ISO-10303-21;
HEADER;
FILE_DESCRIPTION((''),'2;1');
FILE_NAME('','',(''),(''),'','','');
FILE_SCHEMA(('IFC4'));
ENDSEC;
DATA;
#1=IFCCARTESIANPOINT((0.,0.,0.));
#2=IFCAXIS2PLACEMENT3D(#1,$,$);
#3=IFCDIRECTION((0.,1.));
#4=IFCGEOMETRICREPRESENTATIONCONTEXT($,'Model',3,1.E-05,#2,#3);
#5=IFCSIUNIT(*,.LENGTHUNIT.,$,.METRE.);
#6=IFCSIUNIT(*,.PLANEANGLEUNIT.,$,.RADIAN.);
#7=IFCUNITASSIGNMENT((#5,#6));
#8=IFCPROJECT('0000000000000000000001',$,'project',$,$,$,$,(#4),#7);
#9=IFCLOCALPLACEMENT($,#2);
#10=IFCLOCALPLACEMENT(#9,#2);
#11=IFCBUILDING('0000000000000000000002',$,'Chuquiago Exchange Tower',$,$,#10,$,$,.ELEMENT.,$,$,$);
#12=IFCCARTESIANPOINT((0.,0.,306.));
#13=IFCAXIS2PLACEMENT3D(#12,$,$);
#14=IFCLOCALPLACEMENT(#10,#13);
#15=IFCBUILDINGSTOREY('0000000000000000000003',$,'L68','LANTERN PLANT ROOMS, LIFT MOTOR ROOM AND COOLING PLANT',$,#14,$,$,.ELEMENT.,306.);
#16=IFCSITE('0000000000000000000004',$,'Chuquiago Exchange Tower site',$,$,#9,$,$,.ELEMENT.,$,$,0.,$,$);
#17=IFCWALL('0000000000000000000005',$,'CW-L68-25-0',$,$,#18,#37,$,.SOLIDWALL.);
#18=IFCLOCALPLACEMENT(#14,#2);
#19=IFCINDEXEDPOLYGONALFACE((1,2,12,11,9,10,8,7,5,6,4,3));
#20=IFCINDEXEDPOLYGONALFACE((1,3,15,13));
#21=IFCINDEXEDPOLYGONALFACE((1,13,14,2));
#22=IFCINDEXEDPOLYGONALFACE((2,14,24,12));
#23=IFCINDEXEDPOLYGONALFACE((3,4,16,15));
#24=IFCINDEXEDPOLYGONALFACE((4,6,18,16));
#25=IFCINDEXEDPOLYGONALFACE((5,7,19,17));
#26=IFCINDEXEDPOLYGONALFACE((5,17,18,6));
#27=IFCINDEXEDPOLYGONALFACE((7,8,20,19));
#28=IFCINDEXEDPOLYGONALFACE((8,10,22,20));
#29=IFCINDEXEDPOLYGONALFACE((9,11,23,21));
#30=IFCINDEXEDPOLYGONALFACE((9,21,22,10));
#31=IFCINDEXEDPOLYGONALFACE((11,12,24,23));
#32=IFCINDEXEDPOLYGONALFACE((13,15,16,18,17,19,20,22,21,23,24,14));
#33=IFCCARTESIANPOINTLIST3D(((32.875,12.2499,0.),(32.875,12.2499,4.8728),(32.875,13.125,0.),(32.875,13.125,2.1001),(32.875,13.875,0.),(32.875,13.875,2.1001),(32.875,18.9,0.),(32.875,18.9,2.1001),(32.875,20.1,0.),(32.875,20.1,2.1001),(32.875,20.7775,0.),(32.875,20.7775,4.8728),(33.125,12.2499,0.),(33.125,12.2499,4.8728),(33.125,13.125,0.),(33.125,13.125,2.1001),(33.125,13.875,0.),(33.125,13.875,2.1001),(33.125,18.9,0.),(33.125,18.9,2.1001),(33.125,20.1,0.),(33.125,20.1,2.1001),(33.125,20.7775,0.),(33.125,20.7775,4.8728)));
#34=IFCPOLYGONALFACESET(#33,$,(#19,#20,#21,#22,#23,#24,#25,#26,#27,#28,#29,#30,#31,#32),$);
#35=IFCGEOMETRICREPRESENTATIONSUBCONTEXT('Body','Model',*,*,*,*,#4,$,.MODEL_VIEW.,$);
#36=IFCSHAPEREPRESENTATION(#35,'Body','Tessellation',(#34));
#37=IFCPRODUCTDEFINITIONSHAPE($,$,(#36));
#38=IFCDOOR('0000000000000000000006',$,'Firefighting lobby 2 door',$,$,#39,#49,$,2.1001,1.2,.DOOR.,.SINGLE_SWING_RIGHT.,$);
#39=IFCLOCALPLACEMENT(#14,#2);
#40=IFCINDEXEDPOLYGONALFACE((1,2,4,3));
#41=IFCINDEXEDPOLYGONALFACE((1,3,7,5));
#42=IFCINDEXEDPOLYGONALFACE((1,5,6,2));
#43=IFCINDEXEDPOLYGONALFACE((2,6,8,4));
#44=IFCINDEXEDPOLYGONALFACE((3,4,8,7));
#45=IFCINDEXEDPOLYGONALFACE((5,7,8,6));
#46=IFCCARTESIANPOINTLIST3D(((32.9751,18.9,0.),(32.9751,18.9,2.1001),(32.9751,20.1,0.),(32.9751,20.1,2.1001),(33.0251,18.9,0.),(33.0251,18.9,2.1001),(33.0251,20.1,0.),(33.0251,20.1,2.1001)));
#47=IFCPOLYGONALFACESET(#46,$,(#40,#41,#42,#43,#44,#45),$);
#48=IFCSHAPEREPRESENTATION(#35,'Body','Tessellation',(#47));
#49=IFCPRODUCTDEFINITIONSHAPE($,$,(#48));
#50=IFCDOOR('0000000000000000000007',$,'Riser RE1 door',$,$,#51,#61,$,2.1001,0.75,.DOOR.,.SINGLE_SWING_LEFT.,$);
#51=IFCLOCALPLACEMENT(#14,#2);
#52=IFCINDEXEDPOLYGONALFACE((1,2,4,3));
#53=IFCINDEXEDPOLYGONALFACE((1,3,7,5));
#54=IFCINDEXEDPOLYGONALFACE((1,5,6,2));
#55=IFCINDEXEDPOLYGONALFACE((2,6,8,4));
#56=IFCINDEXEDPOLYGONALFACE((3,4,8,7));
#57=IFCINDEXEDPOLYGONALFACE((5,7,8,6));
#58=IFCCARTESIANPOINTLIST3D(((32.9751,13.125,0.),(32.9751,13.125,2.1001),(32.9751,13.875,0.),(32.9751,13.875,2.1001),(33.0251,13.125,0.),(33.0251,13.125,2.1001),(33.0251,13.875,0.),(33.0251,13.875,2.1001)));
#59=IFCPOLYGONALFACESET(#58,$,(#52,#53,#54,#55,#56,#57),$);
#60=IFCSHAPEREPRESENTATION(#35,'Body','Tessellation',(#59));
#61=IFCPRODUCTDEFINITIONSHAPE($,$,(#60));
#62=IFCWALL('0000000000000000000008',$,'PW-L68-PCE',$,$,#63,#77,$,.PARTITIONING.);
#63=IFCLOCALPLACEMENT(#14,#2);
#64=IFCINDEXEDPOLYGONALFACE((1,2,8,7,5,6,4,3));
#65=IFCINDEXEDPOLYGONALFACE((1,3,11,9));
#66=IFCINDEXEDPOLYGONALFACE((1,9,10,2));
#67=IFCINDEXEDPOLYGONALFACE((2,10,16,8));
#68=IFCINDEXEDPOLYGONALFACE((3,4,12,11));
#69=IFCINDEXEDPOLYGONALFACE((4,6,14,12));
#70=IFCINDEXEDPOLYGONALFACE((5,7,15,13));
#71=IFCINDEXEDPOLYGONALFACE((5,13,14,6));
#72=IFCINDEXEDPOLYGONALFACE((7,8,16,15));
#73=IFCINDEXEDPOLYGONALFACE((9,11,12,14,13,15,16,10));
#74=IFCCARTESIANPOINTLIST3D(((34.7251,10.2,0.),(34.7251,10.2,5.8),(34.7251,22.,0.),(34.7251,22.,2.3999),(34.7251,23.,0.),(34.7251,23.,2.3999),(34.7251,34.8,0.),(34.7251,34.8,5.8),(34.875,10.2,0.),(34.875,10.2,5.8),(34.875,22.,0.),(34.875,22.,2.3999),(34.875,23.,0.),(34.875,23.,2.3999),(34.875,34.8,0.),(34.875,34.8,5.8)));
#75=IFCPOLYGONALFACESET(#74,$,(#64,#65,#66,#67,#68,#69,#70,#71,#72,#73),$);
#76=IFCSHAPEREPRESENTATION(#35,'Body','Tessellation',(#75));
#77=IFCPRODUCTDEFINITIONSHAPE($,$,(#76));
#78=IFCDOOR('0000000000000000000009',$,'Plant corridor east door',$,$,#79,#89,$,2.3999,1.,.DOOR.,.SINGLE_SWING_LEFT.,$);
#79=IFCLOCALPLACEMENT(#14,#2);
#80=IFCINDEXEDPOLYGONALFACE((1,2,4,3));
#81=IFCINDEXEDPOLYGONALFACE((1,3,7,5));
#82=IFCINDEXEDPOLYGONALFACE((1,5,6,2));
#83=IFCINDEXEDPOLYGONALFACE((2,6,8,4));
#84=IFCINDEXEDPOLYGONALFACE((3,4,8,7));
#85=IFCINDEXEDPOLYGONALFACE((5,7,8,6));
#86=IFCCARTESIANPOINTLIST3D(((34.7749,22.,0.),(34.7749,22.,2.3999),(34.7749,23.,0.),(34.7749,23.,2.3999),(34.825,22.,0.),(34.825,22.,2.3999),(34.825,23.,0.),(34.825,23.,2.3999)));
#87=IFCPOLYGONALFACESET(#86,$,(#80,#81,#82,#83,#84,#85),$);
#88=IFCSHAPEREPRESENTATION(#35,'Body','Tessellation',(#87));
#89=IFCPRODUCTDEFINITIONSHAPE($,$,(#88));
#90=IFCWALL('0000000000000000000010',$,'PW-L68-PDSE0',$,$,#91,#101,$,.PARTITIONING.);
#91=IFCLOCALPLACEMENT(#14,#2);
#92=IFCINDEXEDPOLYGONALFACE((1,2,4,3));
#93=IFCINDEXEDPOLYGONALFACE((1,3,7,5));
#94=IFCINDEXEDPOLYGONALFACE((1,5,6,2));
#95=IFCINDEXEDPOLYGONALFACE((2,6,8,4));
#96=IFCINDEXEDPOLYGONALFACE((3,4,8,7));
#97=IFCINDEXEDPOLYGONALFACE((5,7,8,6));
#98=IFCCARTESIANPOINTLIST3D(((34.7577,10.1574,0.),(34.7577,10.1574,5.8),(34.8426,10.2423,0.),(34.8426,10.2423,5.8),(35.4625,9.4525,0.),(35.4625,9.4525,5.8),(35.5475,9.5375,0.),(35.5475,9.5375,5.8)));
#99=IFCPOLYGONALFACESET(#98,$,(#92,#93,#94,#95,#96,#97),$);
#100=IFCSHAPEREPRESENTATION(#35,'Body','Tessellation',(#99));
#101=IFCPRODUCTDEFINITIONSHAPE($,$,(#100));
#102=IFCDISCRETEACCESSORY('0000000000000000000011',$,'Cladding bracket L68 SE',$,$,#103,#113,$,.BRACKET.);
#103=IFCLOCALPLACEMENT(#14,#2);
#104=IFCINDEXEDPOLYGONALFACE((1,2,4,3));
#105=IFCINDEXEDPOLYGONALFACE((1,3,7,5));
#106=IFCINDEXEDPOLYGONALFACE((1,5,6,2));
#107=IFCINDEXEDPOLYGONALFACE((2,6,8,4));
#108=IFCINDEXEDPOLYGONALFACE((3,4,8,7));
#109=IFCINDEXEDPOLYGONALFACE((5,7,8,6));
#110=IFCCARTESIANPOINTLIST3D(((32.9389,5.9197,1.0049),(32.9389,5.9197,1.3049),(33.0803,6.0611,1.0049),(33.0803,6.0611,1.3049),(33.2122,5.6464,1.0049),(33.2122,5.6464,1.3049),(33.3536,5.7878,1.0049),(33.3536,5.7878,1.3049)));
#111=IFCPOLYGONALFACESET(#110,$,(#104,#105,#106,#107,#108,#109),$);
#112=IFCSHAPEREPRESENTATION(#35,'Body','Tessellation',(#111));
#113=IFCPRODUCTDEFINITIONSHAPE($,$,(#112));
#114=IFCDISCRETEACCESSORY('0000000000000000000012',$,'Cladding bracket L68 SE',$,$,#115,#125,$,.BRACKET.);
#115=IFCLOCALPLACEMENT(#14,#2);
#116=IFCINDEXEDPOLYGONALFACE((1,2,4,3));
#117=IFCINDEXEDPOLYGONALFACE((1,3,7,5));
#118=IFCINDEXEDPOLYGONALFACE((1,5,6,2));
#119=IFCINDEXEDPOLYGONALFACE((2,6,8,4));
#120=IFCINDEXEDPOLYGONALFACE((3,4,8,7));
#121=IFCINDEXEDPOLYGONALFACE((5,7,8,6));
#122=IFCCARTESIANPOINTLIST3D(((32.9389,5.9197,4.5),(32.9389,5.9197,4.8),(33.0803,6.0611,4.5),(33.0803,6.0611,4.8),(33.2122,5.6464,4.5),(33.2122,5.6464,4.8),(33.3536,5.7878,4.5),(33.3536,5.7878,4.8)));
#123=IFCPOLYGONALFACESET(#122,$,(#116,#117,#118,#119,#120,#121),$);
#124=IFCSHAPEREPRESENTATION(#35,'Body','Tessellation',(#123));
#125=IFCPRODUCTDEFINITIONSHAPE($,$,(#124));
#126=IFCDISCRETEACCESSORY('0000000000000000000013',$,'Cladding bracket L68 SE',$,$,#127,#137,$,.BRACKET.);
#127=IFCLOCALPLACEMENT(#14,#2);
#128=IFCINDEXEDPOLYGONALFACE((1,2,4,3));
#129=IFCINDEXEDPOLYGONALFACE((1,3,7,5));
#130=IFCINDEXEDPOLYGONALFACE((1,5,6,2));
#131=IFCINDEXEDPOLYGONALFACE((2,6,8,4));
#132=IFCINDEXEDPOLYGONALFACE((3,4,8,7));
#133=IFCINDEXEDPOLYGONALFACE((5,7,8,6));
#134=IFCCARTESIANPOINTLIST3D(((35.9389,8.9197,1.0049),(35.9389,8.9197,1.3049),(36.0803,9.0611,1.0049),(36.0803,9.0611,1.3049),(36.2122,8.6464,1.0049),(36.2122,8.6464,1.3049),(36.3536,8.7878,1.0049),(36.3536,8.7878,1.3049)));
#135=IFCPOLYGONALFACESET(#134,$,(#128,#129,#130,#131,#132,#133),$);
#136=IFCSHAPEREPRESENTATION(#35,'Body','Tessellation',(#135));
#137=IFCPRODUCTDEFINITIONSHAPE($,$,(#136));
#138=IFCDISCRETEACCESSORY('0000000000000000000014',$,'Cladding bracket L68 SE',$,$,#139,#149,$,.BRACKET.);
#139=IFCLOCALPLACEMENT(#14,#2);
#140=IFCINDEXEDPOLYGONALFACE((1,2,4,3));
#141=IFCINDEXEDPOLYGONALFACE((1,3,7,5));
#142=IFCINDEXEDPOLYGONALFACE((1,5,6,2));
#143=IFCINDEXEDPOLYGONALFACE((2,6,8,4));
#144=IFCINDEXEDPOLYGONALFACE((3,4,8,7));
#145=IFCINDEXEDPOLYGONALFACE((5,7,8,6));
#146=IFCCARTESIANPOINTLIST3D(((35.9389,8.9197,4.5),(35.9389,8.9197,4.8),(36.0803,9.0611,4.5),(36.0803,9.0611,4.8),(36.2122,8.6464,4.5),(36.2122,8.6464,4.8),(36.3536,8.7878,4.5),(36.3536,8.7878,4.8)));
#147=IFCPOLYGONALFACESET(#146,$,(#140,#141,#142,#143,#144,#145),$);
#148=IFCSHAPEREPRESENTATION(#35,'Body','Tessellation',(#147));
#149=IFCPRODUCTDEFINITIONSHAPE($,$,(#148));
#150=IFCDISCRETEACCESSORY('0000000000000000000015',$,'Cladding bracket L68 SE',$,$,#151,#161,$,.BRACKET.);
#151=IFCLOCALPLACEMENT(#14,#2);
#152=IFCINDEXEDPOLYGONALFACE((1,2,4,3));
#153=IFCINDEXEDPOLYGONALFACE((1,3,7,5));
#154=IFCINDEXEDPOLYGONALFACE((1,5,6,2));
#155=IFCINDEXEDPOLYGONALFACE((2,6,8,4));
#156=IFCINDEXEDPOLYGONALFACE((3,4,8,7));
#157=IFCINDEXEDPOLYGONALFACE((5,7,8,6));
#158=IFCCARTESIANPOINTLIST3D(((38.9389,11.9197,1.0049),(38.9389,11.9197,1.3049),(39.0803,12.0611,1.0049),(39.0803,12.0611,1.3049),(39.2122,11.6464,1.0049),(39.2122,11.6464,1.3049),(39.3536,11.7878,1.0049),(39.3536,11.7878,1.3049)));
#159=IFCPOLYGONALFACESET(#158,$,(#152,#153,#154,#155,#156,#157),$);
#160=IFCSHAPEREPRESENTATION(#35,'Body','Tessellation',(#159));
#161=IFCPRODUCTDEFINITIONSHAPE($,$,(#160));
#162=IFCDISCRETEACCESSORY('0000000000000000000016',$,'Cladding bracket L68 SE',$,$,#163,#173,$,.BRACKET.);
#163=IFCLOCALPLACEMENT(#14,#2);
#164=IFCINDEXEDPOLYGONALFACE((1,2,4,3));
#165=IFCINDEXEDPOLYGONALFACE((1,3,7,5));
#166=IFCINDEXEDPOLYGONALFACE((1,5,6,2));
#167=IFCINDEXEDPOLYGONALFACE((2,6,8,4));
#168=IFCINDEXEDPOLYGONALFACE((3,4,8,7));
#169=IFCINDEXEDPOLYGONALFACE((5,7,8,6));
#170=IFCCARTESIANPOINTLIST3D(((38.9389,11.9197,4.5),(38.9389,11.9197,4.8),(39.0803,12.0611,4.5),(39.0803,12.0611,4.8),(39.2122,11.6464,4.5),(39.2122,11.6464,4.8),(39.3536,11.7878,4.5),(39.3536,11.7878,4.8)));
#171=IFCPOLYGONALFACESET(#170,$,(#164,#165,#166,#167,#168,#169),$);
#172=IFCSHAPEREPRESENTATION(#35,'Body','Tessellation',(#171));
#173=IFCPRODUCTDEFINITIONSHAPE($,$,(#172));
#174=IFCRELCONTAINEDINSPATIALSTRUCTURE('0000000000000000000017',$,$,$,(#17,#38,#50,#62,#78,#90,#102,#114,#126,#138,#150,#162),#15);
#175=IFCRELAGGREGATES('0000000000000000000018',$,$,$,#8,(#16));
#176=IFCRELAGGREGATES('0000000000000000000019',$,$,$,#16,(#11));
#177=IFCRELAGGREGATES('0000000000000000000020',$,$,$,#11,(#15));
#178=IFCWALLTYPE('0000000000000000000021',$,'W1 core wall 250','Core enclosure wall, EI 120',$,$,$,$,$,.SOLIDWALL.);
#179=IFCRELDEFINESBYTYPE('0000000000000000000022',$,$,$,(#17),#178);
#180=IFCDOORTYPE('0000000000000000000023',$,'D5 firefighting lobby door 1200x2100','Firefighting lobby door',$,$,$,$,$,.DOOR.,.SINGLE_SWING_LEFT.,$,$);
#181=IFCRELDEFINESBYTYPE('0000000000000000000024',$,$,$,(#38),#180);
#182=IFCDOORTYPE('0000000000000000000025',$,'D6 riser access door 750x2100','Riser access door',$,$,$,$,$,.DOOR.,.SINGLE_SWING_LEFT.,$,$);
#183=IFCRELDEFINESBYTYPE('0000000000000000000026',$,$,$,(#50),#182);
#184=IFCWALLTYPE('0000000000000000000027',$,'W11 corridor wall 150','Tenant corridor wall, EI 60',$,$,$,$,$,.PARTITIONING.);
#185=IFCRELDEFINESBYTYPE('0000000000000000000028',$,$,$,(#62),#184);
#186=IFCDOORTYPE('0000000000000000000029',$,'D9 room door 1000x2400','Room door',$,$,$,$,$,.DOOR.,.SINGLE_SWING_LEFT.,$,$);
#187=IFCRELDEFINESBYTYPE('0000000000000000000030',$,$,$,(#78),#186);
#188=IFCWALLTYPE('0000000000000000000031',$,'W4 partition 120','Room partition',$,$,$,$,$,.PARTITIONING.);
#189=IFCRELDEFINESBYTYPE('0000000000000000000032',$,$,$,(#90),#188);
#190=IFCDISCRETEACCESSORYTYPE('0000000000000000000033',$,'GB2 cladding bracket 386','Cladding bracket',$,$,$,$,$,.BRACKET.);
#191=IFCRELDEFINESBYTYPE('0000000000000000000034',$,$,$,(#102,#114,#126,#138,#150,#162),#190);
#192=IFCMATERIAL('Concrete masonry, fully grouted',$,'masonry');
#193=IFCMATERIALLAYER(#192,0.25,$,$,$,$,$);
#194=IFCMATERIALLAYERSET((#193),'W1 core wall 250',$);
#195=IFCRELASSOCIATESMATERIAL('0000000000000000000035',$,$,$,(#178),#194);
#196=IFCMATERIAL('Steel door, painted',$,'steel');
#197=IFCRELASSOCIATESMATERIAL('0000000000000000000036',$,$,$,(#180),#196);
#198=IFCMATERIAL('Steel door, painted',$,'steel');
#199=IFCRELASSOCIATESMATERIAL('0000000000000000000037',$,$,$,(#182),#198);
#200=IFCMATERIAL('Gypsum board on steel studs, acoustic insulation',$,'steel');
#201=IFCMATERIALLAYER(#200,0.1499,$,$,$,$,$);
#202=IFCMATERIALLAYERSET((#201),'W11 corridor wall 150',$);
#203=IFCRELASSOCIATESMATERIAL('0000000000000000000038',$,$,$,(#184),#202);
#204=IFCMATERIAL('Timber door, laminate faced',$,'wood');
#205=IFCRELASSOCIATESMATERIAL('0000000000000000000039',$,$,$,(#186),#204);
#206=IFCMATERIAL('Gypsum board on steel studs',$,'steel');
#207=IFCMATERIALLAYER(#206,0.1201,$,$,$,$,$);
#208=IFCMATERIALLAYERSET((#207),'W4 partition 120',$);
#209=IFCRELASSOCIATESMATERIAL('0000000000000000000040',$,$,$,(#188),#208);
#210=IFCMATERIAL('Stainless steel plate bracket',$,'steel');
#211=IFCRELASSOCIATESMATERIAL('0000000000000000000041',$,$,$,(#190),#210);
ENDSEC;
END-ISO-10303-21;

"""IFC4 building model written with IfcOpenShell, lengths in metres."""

from ifc_helpers import new_model, si_unit, direction, frame, frame_2d, origin, origin_2d, place, context, subcontext, project, spatial, rectangle, extrude, material, layer, layer_set, type_object, element, fill, save


model = new_model("IFC4")

# Units and contexts
model_context = context("Model", 3, precision=1e-05, world=origin(), true_north=direction((0.0, 1.0)))
body_context = subcontext(model_context, "Body", "Model", "MODEL_VIEW")
ifc_project = project(units=[si_unit("LENGTHUNIT", "METRE"), si_unit("PLANEANGLEUNIT", "RADIAN")], contexts=[model_context])

# Site, building, storey
site_placement = place(None, origin())
site = spatial("IfcSite", under=ifc_project, at=site_placement, Name="Chuquiago Exchange Tower site", CompositionType="ELEMENT", RefElevation=0.0)
building_placement = place(site_placement, origin())
building = spatial("IfcBuilding", under=site, at=building_placement, Name="Chuquiago Exchange Tower", CompositionType="ELEMENT")
storey_placement = place(building_placement, frame((0.0, 0.0, 306.0)))
storey = spatial("IfcBuildingStorey", under=building, at=storey_placement, Name="L68", Description="LANTERN PLANT ROOMS, LIFT MOTOR ROOM AND COOLING PLANT", CompositionType="ELEMENT", Elevation=306.0)

# Wall, openings, doors
ifc_material_1 = material(Name="Concrete masonry, fully grouted", Category="masonry")
ifc_layer_1 = layer(ifc_material_1, 0.25)
ifc_layer_set_1 = layer_set([ifc_layer_1], Name="W1 core wall 250")
wall_type_1 = type_object("IfcWallType", Name="W1 core wall 250", Description="Core enclosure wall, EI 120", PredefinedType="SOLIDWALL", material=ifc_layer_set_1)
wall_1_placement = place(storey_placement, frame((33.0, 12.25, 0.0), z_axis=(0.0, 0.0, 1.0), x_axis=(0.0, 1.0, 0.0)))
wall_1 = element("IfcWall", 1, at=wall_1_placement, inside=storey, type_object=wall_type_1, Name="CW-L68-25-0", PredefinedType="SOLIDWALL", context=body_context, shape_type="SweptSolid", body=[
    extrude(rectangle(XDim=8.5276, YDim=0.25, at=frame_2d((4.2637, 0.0))), origin(), (0.0, 0.0, 1.0), 4.8728),
])
opening_1_placement = place(wall_1_placement, frame((6.6499, 0.0, 0.0)))
opening_1 = element("IfcOpeningElement", 2, at=opening_1_placement, cuts=wall_1, PredefinedType="OPENING", context=body_context, shape_type="SweptSolid", body=[
    extrude(rectangle(XDim=1.2, YDim=2.1001, at=frame_2d((0.6001, 1.05))), frame((0.0, 0.135, 0.0), z_axis=(0.0, -1.0, 0.0), x_axis=(1.0, 0.0, 0.0)), (0.0, 0.0, 1.0), 0.27),
])
opening_2_placement = place(wall_1_placement, frame((0.875, 0.0, 0.0)))
opening_2 = element("IfcOpeningElement", 3, at=opening_2_placement, cuts=wall_1, PredefinedType="OPENING", context=body_context, shape_type="SweptSolid", body=[
    extrude(rectangle(XDim=0.75, YDim=2.1001, at=frame_2d((0.375, 1.05))), frame((0.0, 0.135, 0.0), z_axis=(0.0, -1.0, 0.0), x_axis=(1.0, 0.0, 0.0)), (0.0, 0.0, 1.0), 0.27),
])
ifc_material_2 = material(Name="Steel door, painted", Category="steel")
door_type_1 = type_object("IfcDoorType", Name="D5 firefighting lobby door 1200x2100", Description="Firefighting lobby door", OperationType="SINGLE_SWING_LEFT", PredefinedType="DOOR", material=ifc_material_2)
door_1_placement = place(opening_1_placement, origin())
door_1 = element("IfcDoor", 4, at=door_1_placement, inside=storey, type_object=door_type_1, Name="Firefighting lobby 2 door", OperationType="SINGLE_SWING_RIGHT", OverallHeight=2.1001, OverallWidth=1.2, PredefinedType="DOOR", context=body_context, shape_type="SweptSolid", body=[
    extrude(rectangle(XDim=1.2, YDim=2.1001, at=frame_2d((0.6001, 1.05))), frame((0.0, 0.0249, 0.0), z_axis=(0.0, -1.0, 0.0), x_axis=(1.0, 0.0, 0.0)), (0.0, 0.0, 1.0), 0.05),
])
fill(opening_1, door_1)
ifc_material_3 = material(Name="Steel door, painted", Category="steel")
door_type_2 = type_object("IfcDoorType", Name="D6 riser access door 750x2100", Description="Riser access door", OperationType="SINGLE_SWING_LEFT", PredefinedType="DOOR", material=ifc_material_3)
door_2_placement = place(opening_2_placement, origin())
door_2 = element("IfcDoor", 5, at=door_2_placement, inside=storey, type_object=door_type_2, Name="Riser RE1 door", OperationType="SINGLE_SWING_LEFT", OverallHeight=2.1001, OverallWidth=0.75, PredefinedType="DOOR", context=body_context, shape_type="SweptSolid", body=[
    extrude(rectangle(XDim=0.75, YDim=2.1001, at=frame_2d((0.375, 1.05))), frame((0.0, 0.0249, 0.0), z_axis=(0.0, -1.0, 0.0), x_axis=(1.0, 0.0, 0.0)), (0.0, 0.0, 1.0), 0.05),
])
fill(opening_2, door_2)

# Wall, opening, door
ifc_material_4 = material(Name="Gypsum board on steel studs, acoustic insulation", Category="steel")
ifc_layer_2 = layer(ifc_material_4, 0.1499)
ifc_layer_set_2 = layer_set([ifc_layer_2], Name="W11 corridor wall 150")
wall_type_2 = type_object("IfcWallType", Name="W11 corridor wall 150", Description="Tenant corridor wall, EI 60", PredefinedType="PARTITIONING", material=ifc_layer_set_2)
wall_2_placement = place(storey_placement, frame((34.8, 10.2, 0.0), z_axis=(0.0, 0.0, 1.0), x_axis=(0.0, 1.0, 0.0)))
wall_2 = element("IfcWall", 6, at=wall_2_placement, inside=storey, type_object=wall_type_2, Name="PW-L68-PCE", PredefinedType="PARTITIONING", context=body_context, shape_type="SweptSolid", body=[
    extrude(rectangle(XDim=24.6001, YDim=0.1499, at=frame_2d((12.3, 0.0))), origin(), (0.0, 0.0, 1.0), 5.8),
])
opening_3_placement = place(wall_2_placement, frame((11.8, 0.0, 0.0)))
opening_3 = element("IfcOpeningElement", 7, at=opening_3_placement, cuts=wall_2, PredefinedType="OPENING", context=body_context, shape_type="SweptSolid", body=[
    extrude(rectangle(XDim=1.0, YDim=2.3999, at=frame_2d((0.5, 1.2))), frame((0.0, 0.085, 0.0), z_axis=(0.0, -1.0, 0.0), x_axis=(1.0, 0.0, 0.0)), (0.0, 0.0, 1.0), 0.1699),
])
ifc_material_5 = material(Name="Timber door, laminate faced", Category="wood")
door_type_3 = type_object("IfcDoorType", Name="D9 room door 1000x2400", Description="Room door", OperationType="SINGLE_SWING_LEFT", PredefinedType="DOOR", material=ifc_material_5)
door_3_placement = place(opening_3_placement, frame((1.0, 0.0, 0.0), z_axis=(0.0, 0.0, 1.0), x_axis=(-1.0, 0.0, 0.0)))
door_3 = element("IfcDoor", 8, at=door_3_placement, inside=storey, type_object=door_type_3, Name="Plant corridor east door", OperationType="SINGLE_SWING_LEFT", OverallHeight=2.3999, OverallWidth=1.0, PredefinedType="DOOR", context=body_context, shape_type="SweptSolid", body=[
    extrude(rectangle(XDim=1.0, YDim=2.3999, at=frame_2d((0.5, 1.2))), frame((0.0, 0.0249, 0.0), z_axis=(0.0, -1.0, 0.0), x_axis=(1.0, 0.0, 0.0)), (0.0, 0.0, 1.0), 0.05),
])
fill(opening_3, door_3)

# Wall
ifc_material_6 = material(Name="Gypsum board on steel studs", Category="steel")
ifc_layer_3 = layer(ifc_material_6, 0.1201)
ifc_layer_set_3 = layer_set([ifc_layer_3], Name="W4 partition 120")
wall_type_3 = type_object("IfcWallType", Name="W4 partition 120", Description="Room partition", PredefinedType="PARTITIONING", material=ifc_layer_set_3)
wall_3_placement = place(storey_placement, frame((34.8, 10.2, 0.0), z_axis=(0.0, 0.0, 1.0), x_axis=(0.707107, -0.707107, 0.0)))
element("IfcWall", 9, at=wall_3_placement, inside=storey, type_object=wall_type_3, Name="PW-L68-PDSE0", PredefinedType="PARTITIONING", context=body_context, shape_type="SweptSolid", body=[
    extrude(rectangle(XDim=0.9968, YDim=0.1201, at=frame_2d((0.4985, 0.0))), origin(), (0.0, 0.0, 1.0), 5.8),
])

# Discrete accessories
ifc_material_7 = material(Name="Stainless steel plate bracket", Category="steel")
discrete_accessory_type = type_object("IfcDiscreteAccessoryType", Name="GB2 cladding bracket 386", Description="Cladding bracket", PredefinedType="BRACKET", material=ifc_material_7)
for number, where, z_axis, x_axis, name in (
    (10, (33.1462, 5.8538, 1.0049), (0.0, 0.0, 1.0), (0.707107, 0.707107, 0.0), "Cladding bracket L68 SE"),
    (11, (33.1462, 5.8538, 4.5), (0.0, 0.0, 1.0), (0.707107, 0.707107, 0.0), "Cladding bracket L68 SE"),
    (12, (36.1462, 8.8538, 1.0049), (0.0, 0.0, 1.0), (0.707107, 0.707107, 0.0), "Cladding bracket L68 SE"),
    (13, (36.1462, 8.8538, 4.5), (0.0, 0.0, 1.0), (0.707107, 0.707107, 0.0), "Cladding bracket L68 SE"),
    (14, (39.1462, 11.8538, 1.0049), (0.0, 0.0, 1.0), (0.707107, 0.707107, 0.0), "Cladding bracket L68 SE"),
    (15, (39.1462, 11.8538, 4.5), (0.0, 0.0, 1.0), (0.707107, 0.707107, 0.0), "Cladding bracket L68 SE"),
):
    element("IfcDiscreteAccessory", number, at=place(storey_placement, frame(where, z_axis=z_axis, x_axis=x_axis)), inside=storey, type_object=discrete_accessory_type, Name=name, PredefinedType="BRACKET", context=body_context, shape_type="SweptSolid", body=[
        extrude(rectangle(XDim=0.2, YDim=0.3865, at=origin_2d()), origin(), (0.0, 0.0, 1.0), 0.3),
    ])

save(model, "model.ifc")
